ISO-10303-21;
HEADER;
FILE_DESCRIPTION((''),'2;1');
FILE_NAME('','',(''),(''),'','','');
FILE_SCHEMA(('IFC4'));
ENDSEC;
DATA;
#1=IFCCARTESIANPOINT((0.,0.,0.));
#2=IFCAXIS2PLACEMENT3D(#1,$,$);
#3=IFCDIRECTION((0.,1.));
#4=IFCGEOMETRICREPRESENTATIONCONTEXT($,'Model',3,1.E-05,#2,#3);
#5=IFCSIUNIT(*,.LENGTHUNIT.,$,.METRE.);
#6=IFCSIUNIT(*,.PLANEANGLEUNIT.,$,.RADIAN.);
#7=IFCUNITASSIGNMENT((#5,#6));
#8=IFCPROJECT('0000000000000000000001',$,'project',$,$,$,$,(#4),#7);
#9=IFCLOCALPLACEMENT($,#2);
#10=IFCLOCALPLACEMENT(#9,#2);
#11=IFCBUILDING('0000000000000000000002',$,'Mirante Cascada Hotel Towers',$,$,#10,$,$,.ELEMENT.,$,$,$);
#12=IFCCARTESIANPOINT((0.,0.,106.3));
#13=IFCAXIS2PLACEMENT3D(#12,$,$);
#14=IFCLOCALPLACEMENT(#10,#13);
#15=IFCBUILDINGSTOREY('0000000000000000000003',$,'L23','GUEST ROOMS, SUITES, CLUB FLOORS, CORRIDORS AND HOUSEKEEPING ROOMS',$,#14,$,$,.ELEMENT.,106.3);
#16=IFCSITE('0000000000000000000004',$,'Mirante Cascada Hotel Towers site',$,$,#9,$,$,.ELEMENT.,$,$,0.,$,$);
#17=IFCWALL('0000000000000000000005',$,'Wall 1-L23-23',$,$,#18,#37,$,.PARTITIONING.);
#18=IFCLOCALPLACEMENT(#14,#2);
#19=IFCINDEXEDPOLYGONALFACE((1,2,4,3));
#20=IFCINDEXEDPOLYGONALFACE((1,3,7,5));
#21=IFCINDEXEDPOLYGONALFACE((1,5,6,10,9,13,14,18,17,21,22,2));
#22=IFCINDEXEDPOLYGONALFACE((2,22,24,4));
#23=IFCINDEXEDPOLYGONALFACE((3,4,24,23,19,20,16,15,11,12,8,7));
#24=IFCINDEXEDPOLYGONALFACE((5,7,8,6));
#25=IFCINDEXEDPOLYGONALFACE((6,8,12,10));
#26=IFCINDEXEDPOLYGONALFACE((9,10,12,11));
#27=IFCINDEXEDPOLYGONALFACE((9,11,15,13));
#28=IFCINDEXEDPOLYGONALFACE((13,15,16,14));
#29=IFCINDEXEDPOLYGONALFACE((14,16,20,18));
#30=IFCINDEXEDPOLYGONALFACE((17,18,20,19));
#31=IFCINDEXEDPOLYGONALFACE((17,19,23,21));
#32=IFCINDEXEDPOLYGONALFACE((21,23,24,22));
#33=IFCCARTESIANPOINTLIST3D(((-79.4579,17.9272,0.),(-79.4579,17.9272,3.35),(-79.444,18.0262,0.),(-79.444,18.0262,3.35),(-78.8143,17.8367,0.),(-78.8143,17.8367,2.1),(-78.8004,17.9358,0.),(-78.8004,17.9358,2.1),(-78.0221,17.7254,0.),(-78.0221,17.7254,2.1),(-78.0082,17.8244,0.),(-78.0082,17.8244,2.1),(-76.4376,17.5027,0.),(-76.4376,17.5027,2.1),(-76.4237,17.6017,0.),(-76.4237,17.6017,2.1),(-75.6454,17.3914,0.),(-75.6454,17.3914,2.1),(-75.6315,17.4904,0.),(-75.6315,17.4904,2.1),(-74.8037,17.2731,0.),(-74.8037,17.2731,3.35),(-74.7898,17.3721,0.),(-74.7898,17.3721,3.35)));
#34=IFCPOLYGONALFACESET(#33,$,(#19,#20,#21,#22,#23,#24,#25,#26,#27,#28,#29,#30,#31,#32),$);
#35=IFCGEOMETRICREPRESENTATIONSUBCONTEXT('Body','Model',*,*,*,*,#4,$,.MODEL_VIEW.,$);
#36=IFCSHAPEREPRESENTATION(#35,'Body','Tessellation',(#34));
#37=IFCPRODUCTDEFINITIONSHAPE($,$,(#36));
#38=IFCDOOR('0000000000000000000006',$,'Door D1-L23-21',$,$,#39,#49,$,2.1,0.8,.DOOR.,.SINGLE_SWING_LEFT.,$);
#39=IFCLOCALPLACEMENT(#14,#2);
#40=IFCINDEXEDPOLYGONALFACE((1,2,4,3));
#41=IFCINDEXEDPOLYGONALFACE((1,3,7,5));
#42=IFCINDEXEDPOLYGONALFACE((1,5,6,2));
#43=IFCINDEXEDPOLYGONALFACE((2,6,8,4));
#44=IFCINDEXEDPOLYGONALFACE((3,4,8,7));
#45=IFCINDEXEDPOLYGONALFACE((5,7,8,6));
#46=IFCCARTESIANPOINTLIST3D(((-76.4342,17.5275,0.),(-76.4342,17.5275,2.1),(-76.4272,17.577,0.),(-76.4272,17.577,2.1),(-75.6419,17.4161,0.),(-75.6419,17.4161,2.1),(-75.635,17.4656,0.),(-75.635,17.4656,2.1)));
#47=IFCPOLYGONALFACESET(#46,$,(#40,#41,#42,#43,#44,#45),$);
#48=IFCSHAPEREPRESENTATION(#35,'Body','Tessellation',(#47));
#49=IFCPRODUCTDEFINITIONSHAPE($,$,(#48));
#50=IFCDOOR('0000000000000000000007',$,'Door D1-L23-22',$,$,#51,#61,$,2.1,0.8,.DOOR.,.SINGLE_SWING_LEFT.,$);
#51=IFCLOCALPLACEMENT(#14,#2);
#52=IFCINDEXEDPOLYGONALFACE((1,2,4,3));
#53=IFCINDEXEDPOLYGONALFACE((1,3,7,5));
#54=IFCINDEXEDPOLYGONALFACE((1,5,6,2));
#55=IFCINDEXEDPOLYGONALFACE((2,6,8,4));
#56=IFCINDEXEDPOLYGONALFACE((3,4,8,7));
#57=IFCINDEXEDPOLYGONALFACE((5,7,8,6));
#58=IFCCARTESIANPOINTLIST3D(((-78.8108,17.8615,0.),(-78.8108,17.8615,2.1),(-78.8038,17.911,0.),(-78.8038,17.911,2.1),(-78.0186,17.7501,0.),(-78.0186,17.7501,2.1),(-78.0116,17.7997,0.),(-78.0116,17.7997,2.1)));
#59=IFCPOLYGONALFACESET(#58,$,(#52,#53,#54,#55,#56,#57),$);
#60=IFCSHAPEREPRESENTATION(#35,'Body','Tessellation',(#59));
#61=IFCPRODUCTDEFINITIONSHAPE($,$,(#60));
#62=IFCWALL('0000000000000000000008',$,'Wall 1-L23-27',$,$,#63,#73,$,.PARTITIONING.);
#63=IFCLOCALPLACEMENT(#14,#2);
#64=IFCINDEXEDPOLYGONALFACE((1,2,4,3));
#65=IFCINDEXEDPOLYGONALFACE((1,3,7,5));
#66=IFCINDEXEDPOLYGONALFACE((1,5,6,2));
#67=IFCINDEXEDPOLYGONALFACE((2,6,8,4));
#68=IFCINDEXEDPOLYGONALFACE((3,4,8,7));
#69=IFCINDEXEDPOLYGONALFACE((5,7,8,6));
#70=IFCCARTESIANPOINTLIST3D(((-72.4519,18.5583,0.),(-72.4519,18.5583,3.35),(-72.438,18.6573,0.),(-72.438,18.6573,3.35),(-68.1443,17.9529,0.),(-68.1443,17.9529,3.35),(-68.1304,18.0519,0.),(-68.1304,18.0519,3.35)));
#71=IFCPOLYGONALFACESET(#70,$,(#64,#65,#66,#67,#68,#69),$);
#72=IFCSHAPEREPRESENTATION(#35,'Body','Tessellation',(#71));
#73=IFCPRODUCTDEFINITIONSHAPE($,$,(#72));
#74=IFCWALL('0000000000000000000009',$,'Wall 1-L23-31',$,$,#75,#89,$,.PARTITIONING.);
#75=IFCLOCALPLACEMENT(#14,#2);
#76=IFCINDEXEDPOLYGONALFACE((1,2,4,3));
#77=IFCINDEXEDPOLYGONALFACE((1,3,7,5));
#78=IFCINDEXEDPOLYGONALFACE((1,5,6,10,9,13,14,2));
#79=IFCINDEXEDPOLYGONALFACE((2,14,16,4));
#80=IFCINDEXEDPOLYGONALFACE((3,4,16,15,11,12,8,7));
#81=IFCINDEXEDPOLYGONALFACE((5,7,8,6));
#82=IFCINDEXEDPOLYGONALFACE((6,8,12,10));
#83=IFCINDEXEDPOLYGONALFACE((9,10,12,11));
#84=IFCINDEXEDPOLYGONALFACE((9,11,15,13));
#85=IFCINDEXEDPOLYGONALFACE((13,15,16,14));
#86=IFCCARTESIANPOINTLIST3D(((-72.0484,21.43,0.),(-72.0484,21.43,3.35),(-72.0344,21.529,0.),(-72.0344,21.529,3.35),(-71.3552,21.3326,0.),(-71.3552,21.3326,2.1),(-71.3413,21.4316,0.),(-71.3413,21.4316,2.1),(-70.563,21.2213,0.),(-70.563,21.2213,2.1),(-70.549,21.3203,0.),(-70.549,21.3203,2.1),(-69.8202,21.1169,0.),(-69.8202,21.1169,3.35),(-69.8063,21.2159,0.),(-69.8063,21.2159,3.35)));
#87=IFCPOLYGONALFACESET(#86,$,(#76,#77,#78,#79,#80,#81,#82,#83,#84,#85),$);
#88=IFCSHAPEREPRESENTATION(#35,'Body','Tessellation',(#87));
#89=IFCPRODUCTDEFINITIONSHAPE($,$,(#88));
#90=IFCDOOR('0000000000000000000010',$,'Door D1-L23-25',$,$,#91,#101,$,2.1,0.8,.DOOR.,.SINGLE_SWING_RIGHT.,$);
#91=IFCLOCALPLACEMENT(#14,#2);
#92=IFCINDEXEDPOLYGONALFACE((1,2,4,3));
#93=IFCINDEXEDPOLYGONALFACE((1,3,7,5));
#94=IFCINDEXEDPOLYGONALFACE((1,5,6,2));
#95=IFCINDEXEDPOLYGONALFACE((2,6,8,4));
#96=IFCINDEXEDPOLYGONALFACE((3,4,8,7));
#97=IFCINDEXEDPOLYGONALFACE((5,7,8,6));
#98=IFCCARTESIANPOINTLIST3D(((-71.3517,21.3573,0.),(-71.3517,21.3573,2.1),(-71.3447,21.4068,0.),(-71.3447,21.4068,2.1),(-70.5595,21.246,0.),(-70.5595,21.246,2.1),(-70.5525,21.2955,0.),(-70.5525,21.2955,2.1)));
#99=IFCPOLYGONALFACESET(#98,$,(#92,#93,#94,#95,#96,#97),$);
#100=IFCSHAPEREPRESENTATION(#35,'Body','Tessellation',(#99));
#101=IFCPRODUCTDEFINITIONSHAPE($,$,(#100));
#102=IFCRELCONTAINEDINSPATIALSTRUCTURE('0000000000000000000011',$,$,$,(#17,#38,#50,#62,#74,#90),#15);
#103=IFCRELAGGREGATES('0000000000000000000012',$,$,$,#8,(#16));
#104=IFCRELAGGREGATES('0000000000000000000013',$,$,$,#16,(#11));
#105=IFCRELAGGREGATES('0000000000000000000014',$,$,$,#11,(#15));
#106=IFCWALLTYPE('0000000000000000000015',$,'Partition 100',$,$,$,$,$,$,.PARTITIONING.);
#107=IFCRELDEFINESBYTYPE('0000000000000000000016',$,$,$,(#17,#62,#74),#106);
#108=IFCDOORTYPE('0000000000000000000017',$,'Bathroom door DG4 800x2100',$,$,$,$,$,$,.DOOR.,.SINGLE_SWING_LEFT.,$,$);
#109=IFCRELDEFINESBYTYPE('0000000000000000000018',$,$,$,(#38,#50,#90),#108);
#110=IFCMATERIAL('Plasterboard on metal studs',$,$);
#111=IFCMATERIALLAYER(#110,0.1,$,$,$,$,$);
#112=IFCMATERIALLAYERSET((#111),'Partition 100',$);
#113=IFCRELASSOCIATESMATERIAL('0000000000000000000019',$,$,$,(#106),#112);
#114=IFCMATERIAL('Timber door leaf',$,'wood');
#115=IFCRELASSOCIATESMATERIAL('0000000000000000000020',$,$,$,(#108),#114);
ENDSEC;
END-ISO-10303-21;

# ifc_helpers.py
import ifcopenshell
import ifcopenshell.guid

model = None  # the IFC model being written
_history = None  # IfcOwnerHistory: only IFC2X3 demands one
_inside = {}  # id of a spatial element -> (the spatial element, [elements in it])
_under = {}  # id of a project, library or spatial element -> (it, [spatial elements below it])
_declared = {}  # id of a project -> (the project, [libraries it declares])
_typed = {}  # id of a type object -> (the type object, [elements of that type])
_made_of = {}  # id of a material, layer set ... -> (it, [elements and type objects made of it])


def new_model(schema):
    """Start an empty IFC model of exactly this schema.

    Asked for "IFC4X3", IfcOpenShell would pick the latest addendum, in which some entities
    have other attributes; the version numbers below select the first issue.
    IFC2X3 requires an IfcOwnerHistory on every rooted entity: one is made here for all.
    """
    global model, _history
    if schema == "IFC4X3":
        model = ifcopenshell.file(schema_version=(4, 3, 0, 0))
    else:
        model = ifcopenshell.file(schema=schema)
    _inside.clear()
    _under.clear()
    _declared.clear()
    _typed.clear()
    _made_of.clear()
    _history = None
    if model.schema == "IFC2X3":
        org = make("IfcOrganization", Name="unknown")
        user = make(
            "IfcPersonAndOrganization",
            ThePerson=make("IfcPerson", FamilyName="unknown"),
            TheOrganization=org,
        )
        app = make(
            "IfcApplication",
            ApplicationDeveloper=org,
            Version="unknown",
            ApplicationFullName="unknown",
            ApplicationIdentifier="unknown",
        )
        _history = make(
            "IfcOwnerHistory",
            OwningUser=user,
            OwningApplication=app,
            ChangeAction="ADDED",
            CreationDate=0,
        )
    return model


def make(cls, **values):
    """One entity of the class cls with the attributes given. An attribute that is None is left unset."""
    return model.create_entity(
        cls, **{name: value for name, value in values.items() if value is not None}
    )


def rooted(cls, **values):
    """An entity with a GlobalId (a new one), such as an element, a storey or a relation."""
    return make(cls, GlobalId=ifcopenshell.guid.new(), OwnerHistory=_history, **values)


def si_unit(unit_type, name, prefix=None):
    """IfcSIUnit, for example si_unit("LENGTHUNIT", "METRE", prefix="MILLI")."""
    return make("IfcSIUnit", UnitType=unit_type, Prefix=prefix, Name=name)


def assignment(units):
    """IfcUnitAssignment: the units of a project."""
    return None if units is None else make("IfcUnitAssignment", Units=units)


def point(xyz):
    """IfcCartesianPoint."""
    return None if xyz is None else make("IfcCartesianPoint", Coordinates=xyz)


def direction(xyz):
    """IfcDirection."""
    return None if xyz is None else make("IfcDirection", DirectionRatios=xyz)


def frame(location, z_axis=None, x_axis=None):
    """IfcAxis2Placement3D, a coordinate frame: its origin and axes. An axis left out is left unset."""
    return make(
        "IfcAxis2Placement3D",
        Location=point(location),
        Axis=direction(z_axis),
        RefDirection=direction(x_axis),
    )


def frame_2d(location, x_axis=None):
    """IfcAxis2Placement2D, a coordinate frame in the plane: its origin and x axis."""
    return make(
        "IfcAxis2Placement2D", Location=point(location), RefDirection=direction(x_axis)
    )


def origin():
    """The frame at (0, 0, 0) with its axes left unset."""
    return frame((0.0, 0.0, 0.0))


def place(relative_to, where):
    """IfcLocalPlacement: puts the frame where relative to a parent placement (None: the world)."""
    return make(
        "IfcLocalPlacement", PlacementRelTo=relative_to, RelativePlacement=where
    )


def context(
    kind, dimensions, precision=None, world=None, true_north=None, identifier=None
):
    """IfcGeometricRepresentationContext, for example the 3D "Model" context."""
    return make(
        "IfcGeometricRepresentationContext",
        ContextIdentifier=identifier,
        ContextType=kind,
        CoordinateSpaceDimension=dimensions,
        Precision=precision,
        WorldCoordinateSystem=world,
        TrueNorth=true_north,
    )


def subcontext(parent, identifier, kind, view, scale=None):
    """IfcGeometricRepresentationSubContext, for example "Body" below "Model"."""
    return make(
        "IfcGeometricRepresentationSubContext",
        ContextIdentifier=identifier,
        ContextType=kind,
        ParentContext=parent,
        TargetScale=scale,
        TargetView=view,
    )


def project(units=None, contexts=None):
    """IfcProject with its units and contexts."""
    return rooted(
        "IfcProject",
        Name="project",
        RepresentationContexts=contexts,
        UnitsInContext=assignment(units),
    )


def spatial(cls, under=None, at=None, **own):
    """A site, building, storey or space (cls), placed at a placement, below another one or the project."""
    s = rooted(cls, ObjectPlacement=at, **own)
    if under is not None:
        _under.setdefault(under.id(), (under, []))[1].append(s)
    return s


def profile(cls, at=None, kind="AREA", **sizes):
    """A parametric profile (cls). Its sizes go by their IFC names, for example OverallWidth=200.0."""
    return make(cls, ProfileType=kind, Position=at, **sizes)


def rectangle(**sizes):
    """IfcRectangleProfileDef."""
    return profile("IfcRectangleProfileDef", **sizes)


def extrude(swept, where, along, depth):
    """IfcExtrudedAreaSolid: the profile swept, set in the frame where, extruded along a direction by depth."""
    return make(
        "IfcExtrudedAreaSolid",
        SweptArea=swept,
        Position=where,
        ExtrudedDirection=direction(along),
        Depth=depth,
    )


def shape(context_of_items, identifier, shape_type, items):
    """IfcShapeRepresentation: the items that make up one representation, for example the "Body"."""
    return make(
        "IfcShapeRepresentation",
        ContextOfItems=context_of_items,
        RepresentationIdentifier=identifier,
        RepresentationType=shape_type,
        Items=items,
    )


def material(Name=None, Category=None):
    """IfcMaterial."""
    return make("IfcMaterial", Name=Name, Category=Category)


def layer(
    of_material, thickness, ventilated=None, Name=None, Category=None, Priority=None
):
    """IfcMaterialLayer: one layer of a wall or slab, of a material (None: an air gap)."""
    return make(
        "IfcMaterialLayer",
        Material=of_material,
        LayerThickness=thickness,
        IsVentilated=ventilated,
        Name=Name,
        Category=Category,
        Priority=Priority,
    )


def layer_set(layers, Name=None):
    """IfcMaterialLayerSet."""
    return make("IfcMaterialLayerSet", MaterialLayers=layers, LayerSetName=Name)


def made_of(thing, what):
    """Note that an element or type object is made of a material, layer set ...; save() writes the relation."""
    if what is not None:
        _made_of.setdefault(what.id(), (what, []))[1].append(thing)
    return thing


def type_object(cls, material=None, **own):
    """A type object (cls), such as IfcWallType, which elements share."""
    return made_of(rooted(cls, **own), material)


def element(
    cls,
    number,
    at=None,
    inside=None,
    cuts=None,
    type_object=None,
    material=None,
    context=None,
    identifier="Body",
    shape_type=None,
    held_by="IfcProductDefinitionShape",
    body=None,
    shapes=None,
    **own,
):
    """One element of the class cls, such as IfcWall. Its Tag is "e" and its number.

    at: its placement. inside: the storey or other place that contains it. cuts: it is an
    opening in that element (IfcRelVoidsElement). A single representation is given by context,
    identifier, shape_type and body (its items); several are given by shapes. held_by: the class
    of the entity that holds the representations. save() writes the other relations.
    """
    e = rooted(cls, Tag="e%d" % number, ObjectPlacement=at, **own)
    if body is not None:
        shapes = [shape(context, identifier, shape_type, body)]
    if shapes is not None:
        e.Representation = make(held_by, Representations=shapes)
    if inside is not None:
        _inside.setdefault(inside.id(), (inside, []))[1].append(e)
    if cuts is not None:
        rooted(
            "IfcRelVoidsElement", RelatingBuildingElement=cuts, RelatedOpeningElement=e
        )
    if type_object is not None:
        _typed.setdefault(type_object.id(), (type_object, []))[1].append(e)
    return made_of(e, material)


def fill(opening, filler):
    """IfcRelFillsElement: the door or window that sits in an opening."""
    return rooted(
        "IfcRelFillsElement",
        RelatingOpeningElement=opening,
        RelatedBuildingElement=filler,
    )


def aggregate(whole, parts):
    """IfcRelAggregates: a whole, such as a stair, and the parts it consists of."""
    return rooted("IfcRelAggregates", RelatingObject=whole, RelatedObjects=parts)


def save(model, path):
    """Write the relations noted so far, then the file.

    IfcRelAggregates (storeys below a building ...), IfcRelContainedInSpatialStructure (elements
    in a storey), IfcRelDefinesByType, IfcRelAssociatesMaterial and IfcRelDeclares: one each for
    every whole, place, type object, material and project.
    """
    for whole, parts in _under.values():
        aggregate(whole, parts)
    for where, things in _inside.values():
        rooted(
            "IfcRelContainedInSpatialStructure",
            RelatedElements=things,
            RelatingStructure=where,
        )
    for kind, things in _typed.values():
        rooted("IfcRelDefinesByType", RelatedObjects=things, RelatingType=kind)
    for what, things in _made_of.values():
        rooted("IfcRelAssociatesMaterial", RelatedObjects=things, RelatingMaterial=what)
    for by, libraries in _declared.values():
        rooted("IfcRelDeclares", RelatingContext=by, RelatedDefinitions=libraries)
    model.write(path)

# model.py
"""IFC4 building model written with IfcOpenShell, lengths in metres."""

from ifc_helpers import new_model, si_unit, direction, frame, frame_2d, origin, place, context, subcontext, project, spatial, rectangle, extrude, material, layer, layer_set, type_object, element, fill, save


model = new_model("IFC4")

# Units and contexts
model_context = context("Model", 3, precision=1e-05, world=origin(), true_north=direction((0.0, 1.0)))
body_context = subcontext(model_context, "Body", "Model", "MODEL_VIEW")
ifc_project = project(units=[si_unit("LENGTHUNIT", "METRE"), si_unit("PLANEANGLEUNIT", "RADIAN")], contexts=[model_context])

# Site, building, storey
site_placement = place(None, origin())
site = spatial("IfcSite", under=ifc_project, at=site_placement, Name="Mirante Cascada Hotel Towers site", CompositionType="ELEMENT", RefElevation=0.0)
building_placement = place(site_placement, origin())
building = spatial("IfcBuilding", under=site, at=building_placement, Name="Mirante Cascada Hotel Towers", CompositionType="ELEMENT")
storey_placement = place(building_placement, frame((0.0, 0.0, 106.3)))
storey = spatial("IfcBuildingStorey", under=building, at=storey_placement, Name="L23", Description="GUEST ROOMS, SUITES, CLUB FLOORS, CORRIDORS AND HOUSEKEEPING ROOMS", CompositionType="ELEMENT", Elevation=106.3)

# Shared definitions
ifc_material_1 = material(Name="Plasterboard on metal studs")
ifc_layer_1 = layer(ifc_material_1, 0.1)
ifc_layer_set_1 = layer_set([ifc_layer_1], Name="Partition 100")
wall_type_1 = type_object("IfcWallType", Name="Partition 100", PredefinedType="PARTITIONING", material=ifc_layer_set_1)
ifc_material_2 = material(Name="Timber door leaf", Category="wood")
door_type = type_object("IfcDoorType", Name="Bathroom door DG4 800x2100", OperationType="SINGLE_SWING_LEFT", PredefinedType="DOOR", material=ifc_material_2)

# Wall, openings, doors
wall_1_placement = place(storey_placement, frame((-79.451, 17.9767, 0.0), z_axis=(0.0, 0.0, 1.0), x_axis=(0.990268, -0.139172, 0.0)))
wall_1 = element("IfcWall", 1, at=wall_1_placement, inside=storey, type_object=wall_type_1, Name="Wall 1-L23-23", PredefinedType="PARTITIONING", context=body_context, shape_type="SweptSolid", body=[
    extrude(rectangle(XDim=4.6999, YDim=0.1, at=frame_2d((2.35, 0.0))), origin(), (0.0, 0.0, 1.0), 3.35),
])
opening_1_placement = place(wall_1_placement, frame((3.05, 0.0, 0.0)))
opening_1 = element("IfcOpeningElement", 2, at=opening_1_placement, cuts=wall_1, PredefinedType="OPENING", context=body_context, shape_type="SweptSolid", body=[
    extrude(rectangle(XDim=0.8, YDim=2.1, at=frame_2d((0.4, 1.05))), frame((0.0, 0.05, 0.0), z_axis=(0.0, -1.0, 0.0), x_axis=(1.0, 0.0, 0.0)), (0.0, 0.0, 1.0), 0.1),
])
opening_2_placement = place(wall_1_placement, frame((0.65, 0.0, 0.0)))
opening_2 = element("IfcOpeningElement", 3, at=opening_2_placement, cuts=wall_1, PredefinedType="OPENING", context=body_context, shape_type="SweptSolid", body=[
    extrude(rectangle(XDim=0.8, YDim=2.1, at=frame_2d((0.4, 1.05))), frame((0.0, 0.05, 0.0), z_axis=(0.0, -1.0, 0.0), x_axis=(1.0, 0.0, 0.0)), (0.0, 0.0, 1.0), 0.1),
])
door_1_placement = place(opening_1_placement, origin())
door_1 = element("IfcDoor", 4, at=door_1_placement, inside=storey, type_object=door_type, Name="Door D1-L23-21", OperationType="SINGLE_SWING_LEFT", OverallHeight=2.1, OverallWidth=0.8, PredefinedType="DOOR", context=body_context, shape_type="SweptSolid", body=[
    extrude(rectangle(XDim=0.8, YDim=2.1, at=frame_2d((0.4, 1.05))), frame((0.0, 0.025, 0.0), z_axis=(0.0, -1.0, 0.0), x_axis=(1.0, 0.0, 0.0)), (0.0, 0.0, 1.0), 0.05),
])
fill(opening_1, door_1)
door_2_placement = place(opening_2_placement, origin())
door_2 = element("IfcDoor", 5, at=door_2_placement, inside=storey, type_object=door_type, Name="Door D1-L23-22", OperationType="SINGLE_SWING_LEFT", OverallHeight=2.1, OverallWidth=0.8, PredefinedType="DOOR", context=body_context, shape_type="SweptSolid", body=[
    extrude(rectangle(XDim=0.8, YDim=2.1, at=frame_2d((0.4, 1.05))), frame((0.0, 0.025, 0.0), z_axis=(0.0, -1.0, 0.0), x_axis=(1.0, 0.0, 0.0)), (0.0, 0.0, 1.0), 0.05),
])
fill(opening_2, door_2)

# Wall
wall_2_placement = place(storey_placement, frame((-72.445, 18.6078, 0.0), z_axis=(0.0, 0.0, 1.0), x_axis=(0.990268, -0.139175, 0.0)))
element("IfcWall", 6, at=wall_2_placement, inside=storey, type_object=wall_type_1, Name="Wall 1-L23-27", PredefinedType="PARTITIONING", context=body_context, shape_type="SweptSolid", body=[
    extrude(rectangle(XDim=4.3499, YDim=0.1, at=frame_2d((2.175, 0.0))), origin(), (0.0, 0.0, 1.0), 3.35),
])

# Wall, opening, door
wall_3_placement = place(storey_placement, frame((-72.0414, 21.4795, 0.0), z_axis=(0.0, 0.0, 1.0), x_axis=(0.990271, -0.139156, 0.0)))
wall_3 = element("IfcWall", 7, at=wall_3_placement, inside=storey, type_object=wall_type_1, Name="Wall 1-L23-31", PredefinedType="PARTITIONING", context=body_context, shape_type="SweptSolid", body=[
    extrude(rectangle(XDim=2.25, YDim=0.1, at=frame_2d((1.125, 0.0))), origin(), (0.0, 0.0, 1.0), 3.35),
])
opening_3_placement = place(wall_3_placement, frame((0.7, 0.0, 0.0)))
opening_3 = element("IfcOpeningElement", 8, at=opening_3_placement, cuts=wall_3, PredefinedType="OPENING", context=body_context, shape_type="SweptSolid", body=[
    extrude(rectangle(XDim=0.8, YDim=2.1, at=frame_2d((0.4, 1.05))), frame((0.0, 0.05, 0.0), z_axis=(0.0, -1.0, 0.0), x_axis=(1.0, 0.0, 0.0)), (0.0, 0.0, 1.0), 0.1),
])
door_3_placement = place(opening_3_placement, frame((0.8, 0.0, 0.0), z_axis=(0.0, 0.0, 1.0), x_axis=(-1.0, 0.0, 0.0)))
door_3 = element("IfcDoor", 9, at=door_3_placement, inside=storey, type_object=door_type, Name="Door D1-L23-25", OperationType="SINGLE_SWING_RIGHT", OverallHeight=2.1, OverallWidth=0.8, PredefinedType="DOOR", context=body_context, shape_type="SweptSolid", body=[
    extrude(rectangle(XDim=0.8, YDim=2.1, at=frame_2d((0.4, 1.05))), frame((0.0, 0.025, 0.0), z_axis=(0.0, -1.0, 0.0), x_axis=(1.0, 0.0, 0.0)), (0.0, 0.0, 1.0), 0.05),
])
fill(opening_3, door_3)

save(model, "model.ifc")
